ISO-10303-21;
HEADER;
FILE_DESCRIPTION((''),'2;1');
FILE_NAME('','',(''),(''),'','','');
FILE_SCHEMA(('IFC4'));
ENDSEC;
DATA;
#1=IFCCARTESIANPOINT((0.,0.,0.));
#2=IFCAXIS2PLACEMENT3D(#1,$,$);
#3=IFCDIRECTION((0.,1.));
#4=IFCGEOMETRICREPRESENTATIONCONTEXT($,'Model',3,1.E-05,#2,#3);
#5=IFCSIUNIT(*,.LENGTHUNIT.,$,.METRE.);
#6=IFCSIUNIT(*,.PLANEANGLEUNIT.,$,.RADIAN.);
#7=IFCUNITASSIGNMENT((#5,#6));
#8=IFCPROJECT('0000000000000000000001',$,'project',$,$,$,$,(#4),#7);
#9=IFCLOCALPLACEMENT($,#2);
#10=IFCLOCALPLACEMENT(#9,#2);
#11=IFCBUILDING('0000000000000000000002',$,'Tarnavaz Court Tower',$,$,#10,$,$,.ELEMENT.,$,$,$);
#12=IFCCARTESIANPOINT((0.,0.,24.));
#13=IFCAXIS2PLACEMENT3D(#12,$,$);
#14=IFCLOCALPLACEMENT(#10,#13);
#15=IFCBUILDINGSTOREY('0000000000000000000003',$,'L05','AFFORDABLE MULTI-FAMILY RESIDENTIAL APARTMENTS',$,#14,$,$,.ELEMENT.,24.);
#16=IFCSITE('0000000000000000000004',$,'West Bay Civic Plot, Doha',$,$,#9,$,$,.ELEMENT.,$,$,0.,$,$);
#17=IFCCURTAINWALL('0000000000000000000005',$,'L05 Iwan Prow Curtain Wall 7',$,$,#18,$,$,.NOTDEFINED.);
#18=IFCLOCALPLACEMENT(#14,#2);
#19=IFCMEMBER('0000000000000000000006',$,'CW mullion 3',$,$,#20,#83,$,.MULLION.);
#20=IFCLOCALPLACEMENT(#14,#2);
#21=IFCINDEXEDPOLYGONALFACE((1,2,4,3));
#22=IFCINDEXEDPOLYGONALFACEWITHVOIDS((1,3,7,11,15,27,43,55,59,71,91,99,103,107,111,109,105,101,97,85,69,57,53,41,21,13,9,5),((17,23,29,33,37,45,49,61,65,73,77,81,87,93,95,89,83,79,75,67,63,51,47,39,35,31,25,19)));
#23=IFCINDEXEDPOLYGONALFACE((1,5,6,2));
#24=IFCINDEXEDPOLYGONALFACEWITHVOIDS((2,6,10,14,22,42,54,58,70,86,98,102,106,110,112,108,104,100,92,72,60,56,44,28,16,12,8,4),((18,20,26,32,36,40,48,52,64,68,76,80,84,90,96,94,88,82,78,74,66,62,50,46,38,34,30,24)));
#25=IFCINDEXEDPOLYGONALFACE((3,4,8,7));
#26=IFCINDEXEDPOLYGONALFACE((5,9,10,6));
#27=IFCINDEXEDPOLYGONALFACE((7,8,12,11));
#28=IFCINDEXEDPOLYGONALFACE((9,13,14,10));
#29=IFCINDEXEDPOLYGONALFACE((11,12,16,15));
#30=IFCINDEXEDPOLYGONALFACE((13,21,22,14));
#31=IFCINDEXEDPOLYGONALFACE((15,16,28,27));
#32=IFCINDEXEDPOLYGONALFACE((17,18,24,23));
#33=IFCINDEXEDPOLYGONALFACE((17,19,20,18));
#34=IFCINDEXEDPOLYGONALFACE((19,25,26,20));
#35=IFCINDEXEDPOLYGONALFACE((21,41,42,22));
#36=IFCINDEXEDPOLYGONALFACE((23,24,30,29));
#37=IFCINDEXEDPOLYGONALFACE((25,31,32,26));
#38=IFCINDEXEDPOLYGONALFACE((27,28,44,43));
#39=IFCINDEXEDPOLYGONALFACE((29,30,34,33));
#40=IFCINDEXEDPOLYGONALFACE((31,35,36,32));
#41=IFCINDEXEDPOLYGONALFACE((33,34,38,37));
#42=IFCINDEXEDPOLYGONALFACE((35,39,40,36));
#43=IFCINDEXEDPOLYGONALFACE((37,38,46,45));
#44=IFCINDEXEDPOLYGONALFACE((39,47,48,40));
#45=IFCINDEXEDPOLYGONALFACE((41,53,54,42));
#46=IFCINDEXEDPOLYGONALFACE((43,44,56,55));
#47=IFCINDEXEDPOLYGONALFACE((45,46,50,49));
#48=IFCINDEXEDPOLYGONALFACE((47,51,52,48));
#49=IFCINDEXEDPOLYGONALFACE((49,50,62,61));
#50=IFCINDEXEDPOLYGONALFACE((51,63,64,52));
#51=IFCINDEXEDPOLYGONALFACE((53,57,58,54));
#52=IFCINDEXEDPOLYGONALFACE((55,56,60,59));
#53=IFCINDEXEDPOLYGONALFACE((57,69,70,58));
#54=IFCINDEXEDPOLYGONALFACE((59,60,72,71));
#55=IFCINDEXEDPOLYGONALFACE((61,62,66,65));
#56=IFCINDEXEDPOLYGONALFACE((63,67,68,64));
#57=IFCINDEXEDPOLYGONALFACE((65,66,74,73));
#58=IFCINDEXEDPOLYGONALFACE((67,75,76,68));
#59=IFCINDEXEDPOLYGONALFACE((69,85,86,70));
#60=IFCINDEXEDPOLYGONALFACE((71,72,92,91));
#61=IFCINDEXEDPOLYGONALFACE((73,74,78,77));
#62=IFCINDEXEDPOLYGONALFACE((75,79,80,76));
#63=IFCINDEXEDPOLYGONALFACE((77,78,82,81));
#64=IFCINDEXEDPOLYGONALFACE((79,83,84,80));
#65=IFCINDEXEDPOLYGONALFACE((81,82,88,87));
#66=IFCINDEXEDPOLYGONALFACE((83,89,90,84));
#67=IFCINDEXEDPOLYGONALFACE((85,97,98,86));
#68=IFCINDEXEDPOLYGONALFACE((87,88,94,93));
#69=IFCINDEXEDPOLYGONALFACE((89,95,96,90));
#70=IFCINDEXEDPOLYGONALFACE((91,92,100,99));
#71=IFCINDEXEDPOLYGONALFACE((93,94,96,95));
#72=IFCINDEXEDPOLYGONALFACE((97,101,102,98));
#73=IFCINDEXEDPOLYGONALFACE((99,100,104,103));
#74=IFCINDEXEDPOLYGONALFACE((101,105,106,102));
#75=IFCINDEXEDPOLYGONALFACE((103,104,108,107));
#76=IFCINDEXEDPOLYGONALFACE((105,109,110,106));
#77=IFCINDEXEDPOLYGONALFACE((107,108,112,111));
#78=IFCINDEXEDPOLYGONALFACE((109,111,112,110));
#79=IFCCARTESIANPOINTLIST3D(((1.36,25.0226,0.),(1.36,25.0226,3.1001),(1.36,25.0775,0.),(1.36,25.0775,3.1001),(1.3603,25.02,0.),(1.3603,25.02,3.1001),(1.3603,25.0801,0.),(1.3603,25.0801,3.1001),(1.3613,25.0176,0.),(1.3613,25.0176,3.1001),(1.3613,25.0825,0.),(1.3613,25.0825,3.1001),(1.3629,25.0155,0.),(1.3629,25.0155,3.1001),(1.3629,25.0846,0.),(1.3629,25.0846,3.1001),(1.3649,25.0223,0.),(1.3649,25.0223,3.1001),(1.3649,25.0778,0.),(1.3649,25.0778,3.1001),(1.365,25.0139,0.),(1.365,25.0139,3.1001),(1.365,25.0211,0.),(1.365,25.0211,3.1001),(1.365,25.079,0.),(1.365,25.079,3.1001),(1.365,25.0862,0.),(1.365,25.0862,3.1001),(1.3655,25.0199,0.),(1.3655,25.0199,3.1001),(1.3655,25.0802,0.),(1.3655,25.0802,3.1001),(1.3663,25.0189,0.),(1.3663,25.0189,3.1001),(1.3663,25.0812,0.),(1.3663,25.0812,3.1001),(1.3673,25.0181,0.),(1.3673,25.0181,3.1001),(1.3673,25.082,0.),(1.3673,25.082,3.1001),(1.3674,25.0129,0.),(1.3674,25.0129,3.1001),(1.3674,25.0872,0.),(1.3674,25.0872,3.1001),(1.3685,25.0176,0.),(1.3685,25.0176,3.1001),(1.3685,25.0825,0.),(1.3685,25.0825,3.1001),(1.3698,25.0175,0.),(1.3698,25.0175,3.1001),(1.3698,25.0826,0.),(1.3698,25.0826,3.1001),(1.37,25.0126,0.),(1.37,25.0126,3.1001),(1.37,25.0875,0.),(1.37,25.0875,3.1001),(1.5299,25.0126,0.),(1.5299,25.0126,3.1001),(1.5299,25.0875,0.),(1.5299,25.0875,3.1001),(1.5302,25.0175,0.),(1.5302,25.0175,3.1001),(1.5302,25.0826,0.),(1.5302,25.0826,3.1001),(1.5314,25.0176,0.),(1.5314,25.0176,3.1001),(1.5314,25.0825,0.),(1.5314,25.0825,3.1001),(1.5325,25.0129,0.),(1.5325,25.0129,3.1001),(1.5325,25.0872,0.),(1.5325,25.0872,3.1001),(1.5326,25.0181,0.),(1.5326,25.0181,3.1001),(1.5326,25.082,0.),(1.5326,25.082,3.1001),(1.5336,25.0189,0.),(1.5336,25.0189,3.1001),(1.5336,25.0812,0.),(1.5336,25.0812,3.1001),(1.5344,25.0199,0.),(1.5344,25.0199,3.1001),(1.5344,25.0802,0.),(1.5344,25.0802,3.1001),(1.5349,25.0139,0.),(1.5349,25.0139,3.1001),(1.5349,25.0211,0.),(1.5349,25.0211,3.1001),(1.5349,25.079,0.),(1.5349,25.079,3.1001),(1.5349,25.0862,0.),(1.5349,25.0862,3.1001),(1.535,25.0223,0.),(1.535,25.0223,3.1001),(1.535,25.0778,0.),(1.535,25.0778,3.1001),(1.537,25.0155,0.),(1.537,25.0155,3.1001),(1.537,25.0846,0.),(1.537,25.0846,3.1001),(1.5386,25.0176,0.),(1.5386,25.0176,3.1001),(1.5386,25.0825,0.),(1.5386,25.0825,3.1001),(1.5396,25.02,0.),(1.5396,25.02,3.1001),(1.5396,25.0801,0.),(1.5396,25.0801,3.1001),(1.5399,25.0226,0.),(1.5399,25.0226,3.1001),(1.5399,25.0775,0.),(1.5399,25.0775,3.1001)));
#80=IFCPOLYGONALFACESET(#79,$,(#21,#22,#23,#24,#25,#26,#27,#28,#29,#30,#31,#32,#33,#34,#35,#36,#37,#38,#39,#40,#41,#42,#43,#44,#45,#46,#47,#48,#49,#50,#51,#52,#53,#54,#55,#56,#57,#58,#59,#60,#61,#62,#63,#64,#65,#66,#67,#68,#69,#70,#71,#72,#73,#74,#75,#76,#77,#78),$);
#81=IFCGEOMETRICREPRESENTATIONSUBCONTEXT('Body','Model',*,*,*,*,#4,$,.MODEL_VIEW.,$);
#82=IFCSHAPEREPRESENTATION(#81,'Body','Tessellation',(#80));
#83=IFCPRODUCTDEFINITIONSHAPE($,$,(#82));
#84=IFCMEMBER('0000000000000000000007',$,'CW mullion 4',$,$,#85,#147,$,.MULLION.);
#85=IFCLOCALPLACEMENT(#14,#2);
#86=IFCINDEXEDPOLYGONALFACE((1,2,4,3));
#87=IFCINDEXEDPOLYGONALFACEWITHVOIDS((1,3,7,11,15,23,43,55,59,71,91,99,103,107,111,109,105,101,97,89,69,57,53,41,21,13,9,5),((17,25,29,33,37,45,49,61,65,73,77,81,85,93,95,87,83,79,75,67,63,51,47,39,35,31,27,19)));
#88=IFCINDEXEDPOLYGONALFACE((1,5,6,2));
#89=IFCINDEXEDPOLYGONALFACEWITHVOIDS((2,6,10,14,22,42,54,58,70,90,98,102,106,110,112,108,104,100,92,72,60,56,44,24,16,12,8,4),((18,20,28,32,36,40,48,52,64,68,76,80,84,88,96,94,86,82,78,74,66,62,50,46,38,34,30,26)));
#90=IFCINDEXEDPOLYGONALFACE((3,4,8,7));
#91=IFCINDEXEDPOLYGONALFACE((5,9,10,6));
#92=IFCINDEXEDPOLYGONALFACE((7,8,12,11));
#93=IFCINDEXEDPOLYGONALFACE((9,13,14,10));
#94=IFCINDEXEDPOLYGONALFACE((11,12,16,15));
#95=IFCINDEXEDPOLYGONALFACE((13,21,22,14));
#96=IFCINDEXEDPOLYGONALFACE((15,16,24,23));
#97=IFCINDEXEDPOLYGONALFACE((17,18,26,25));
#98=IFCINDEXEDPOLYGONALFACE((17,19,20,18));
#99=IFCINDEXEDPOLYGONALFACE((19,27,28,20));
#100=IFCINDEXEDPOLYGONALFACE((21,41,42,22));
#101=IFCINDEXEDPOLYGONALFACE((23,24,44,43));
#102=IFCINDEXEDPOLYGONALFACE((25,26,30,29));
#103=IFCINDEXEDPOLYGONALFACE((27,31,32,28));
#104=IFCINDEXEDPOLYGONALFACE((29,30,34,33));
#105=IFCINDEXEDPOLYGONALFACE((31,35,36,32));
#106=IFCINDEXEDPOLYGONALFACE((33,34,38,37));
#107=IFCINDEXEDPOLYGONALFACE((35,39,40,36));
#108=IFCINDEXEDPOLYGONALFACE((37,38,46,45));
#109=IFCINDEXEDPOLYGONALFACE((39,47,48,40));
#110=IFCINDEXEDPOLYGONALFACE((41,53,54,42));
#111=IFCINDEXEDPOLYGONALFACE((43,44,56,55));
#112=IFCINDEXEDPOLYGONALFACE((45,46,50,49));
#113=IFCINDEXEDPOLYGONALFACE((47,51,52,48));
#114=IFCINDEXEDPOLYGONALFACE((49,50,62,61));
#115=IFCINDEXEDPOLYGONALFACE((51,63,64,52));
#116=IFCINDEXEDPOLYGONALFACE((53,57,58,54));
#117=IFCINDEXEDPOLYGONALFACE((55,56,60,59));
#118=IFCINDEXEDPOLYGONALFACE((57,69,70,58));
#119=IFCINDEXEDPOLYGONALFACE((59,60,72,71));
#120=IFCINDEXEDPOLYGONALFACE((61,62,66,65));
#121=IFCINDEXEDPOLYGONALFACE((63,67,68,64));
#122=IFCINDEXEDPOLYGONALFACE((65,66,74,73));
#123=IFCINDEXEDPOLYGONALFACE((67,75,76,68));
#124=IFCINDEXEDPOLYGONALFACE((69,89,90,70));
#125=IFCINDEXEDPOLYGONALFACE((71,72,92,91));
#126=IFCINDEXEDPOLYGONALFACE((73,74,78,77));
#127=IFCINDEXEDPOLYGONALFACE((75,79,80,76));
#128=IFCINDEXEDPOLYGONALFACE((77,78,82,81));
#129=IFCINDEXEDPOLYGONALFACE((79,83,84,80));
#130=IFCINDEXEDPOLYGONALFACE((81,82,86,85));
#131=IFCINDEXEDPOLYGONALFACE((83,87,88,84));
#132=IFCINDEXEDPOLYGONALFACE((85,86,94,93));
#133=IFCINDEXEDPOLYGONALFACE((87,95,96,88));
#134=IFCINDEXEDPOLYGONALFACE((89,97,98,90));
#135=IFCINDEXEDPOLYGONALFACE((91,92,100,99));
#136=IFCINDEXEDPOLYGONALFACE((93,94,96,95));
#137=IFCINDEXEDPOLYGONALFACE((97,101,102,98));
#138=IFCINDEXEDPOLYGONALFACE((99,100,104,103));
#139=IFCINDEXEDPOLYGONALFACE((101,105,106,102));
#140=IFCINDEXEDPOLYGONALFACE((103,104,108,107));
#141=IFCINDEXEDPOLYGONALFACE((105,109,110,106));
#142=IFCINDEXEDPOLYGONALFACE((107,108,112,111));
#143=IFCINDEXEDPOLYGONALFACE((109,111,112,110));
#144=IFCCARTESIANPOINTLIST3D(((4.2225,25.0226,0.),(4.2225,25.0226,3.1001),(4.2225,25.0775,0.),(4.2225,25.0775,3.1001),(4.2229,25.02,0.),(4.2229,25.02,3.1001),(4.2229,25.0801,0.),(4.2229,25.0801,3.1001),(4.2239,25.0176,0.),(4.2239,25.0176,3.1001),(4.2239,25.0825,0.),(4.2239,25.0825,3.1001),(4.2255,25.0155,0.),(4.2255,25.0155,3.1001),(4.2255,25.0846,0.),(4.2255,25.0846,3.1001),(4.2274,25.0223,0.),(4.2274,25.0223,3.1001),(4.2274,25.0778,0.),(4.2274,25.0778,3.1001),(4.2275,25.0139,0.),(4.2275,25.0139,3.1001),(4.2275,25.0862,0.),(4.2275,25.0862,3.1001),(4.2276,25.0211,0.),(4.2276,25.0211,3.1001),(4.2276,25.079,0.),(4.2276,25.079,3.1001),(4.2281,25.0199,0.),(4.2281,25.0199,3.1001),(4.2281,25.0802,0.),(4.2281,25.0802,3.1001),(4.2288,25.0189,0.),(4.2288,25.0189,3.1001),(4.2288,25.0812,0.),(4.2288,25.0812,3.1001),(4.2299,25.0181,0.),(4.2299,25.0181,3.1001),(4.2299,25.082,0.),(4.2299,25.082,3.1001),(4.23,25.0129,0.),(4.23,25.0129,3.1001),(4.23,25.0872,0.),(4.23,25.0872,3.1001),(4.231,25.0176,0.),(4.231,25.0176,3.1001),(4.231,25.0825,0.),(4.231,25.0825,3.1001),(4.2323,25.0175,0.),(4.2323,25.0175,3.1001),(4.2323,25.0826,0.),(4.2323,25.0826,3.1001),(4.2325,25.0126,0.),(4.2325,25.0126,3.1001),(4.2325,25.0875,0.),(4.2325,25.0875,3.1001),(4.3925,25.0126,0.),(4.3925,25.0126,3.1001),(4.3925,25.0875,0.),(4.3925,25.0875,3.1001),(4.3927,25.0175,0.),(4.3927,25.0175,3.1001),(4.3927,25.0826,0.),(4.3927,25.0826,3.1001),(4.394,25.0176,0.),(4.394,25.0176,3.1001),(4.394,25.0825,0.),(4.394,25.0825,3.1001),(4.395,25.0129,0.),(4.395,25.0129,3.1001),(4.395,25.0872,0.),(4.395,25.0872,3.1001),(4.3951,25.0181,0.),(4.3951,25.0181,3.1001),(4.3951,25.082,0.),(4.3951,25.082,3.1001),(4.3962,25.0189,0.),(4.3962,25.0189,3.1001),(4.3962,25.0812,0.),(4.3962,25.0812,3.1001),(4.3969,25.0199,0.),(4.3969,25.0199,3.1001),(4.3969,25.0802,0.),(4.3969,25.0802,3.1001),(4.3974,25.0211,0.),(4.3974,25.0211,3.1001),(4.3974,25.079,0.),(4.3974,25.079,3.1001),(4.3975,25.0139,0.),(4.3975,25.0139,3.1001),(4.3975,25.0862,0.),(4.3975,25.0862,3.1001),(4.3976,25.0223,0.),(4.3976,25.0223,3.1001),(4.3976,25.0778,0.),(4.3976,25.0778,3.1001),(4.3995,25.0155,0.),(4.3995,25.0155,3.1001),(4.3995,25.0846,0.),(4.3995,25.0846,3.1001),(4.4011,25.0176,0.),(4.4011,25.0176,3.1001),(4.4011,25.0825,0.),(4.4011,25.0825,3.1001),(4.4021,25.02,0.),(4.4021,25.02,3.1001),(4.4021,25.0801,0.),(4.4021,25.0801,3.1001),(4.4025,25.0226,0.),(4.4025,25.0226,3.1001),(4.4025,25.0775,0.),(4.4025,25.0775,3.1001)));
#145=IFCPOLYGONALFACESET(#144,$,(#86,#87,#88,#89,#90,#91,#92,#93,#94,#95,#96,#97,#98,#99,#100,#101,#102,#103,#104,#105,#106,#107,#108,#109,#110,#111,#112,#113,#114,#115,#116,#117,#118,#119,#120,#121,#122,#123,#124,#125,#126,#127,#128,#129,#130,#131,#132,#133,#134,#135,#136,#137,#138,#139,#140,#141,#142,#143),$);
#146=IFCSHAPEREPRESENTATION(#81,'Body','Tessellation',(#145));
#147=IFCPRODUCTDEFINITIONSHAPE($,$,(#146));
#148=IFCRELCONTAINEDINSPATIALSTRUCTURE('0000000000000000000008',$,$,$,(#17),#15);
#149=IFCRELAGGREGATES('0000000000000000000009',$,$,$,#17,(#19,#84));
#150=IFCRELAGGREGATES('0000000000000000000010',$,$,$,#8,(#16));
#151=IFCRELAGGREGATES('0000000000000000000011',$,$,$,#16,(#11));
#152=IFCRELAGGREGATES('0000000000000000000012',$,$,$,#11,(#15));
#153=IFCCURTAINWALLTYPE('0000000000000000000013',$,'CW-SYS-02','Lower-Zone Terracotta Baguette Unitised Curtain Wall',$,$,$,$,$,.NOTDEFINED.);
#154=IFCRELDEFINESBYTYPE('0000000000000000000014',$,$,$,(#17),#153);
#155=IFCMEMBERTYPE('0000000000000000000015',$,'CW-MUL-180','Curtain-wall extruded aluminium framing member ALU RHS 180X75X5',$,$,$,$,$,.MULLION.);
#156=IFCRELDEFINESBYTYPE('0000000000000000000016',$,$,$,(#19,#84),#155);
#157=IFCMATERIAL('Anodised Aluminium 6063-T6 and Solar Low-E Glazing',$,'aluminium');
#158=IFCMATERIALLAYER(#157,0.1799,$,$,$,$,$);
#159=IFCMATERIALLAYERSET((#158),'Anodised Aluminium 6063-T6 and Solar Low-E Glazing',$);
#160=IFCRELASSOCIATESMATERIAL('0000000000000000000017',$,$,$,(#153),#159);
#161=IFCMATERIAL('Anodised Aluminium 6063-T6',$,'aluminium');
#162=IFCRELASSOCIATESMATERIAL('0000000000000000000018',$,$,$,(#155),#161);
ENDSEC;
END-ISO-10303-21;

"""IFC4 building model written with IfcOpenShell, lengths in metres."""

from ifc_helpers import new_model, si_unit, direction, frame, origin, origin_2d, place, context, subcontext, project, spatial, hollow_rectangle, extrude, material, layer, layer_set, material_profile, profile_set, type_object, element, aggregate, save


model = new_model("IFC4")

# Units and contexts
model_context = context("Model", 3, precision=1e-05, world=origin(), true_north=direction((0.0, 1.0)))
body_context = subcontext(model_context, "Body", "Model", "MODEL_VIEW")
ifc_project = project(units=[si_unit("LENGTHUNIT", "METRE"), si_unit("PLANEANGLEUNIT", "RADIAN")], contexts=[model_context])

# Site, building, storey
site_placement = place(None, origin())
site = spatial("IfcSite", under=ifc_project, at=site_placement, Name="West Bay Civic Plot, Doha", CompositionType="ELEMENT", RefElevation=0.0)
building_placement = place(site_placement, origin())
building = spatial("IfcBuilding", under=site, at=building_placement, Name="Tarnavaz Court Tower", CompositionType="ELEMENT")
storey_placement = place(building_placement, frame((0.0, 0.0, 24.0)))
storey = spatial("IfcBuildingStorey", under=building, at=storey_placement, Name="L05", Description="AFFORDABLE MULTI-FAMILY RESIDENTIAL APARTMENTS", CompositionType="ELEMENT", Elevation=24.0)

# Curtain wall, members
ifc_material_1 = material(Name="Anodised Aluminium 6063-T6 and Solar Low-E Glazing", Category="aluminium")
ifc_layer_1 = layer(ifc_material_1, 0.1799)
ifc_layer_set_1 = layer_set([ifc_layer_1], Name="Anodised Aluminium 6063-T6 and Solar Low-E Glazing")
curtain_wall_type = type_object("IfcCurtainWallType", Name="CW-SYS-02", Description="Lower-Zone Terracotta Baguette Unitised Curtain Wall", PredefinedType="NOTDEFINED", material=ifc_layer_set_1)
curtain_wall_placement = place(storey_placement, origin())
curtain_wall = element("IfcCurtainWall", 1, at=curtain_wall_placement, inside=storey, type_object=curtain_wall_type, Name="L05 Iwan Prow Curtain Wall 7", PredefinedType="NOTDEFINED")
ifc_material_2 = material(Name="Anodised Aluminium 6063-T6", Category="aluminium")
ifc_material_profile_1 = material_profile(ifc_material_2, hollow_rectangle(XDim=0.075, YDim=0.1799, WallThickness=0.0049, InnerFilletRadius=0.0049, OuterFilletRadius=0.01, at=origin_2d()), Name="ALU RHS 180X75X5")
ifc_profile_set_1 = profile_set([ifc_material_profile_1], Name="Anodised Aluminium 6063-T6")
member_type_1 = type_object("IfcMemberType", Name="CW-MUL-180", Description="Curtain-wall extruded aluminium framing member ALU RHS 180X75X5", PredefinedType="MULLION", material=ifc_profile_set_1)
member_1_placement = place(storey_placement, frame((1.45, 25.05, 0.0), z_axis=(0.0, 0.0, 1.0), x_axis=(0.0, 1.0, 0.0)))
member_1 = element("IfcMember", 2, at=member_1_placement, type_object=member_type_1, Name="CW mullion 3", PredefinedType="MULLION", context=body_context, shape_type="SweptSolid", body=[
    extrude(hollow_rectangle(XDim=0.075, YDim=0.1799, WallThickness=0.0049, InnerFilletRadius=0.0049, OuterFilletRadius=0.01, at=origin_2d()), origin(), (0.0, 0.0, 1.0), 3.1001),
])
member_2_placement = place(storey_placement, frame((4.3125, 25.05, 0.0), z_axis=(0.0, 0.0, 1.0), x_axis=(0.0, 1.0, 0.0)))
member_2 = element("IfcMember", 3, at=member_2_placement, type_object=member_type_1, Name="CW mullion 4", PredefinedType="MULLION", context=body_context, shape_type="SweptSolid", body=[
    extrude(hollow_rectangle(XDim=0.075, YDim=0.1799, WallThickness=0.0049, InnerFilletRadius=0.0049, OuterFilletRadius=0.01, at=origin_2d()), origin(), (0.0, 0.0, 1.0), 3.1001),
])
aggregate(curtain_wall, [member_1, member_2])

save(model, "model.ifc")
